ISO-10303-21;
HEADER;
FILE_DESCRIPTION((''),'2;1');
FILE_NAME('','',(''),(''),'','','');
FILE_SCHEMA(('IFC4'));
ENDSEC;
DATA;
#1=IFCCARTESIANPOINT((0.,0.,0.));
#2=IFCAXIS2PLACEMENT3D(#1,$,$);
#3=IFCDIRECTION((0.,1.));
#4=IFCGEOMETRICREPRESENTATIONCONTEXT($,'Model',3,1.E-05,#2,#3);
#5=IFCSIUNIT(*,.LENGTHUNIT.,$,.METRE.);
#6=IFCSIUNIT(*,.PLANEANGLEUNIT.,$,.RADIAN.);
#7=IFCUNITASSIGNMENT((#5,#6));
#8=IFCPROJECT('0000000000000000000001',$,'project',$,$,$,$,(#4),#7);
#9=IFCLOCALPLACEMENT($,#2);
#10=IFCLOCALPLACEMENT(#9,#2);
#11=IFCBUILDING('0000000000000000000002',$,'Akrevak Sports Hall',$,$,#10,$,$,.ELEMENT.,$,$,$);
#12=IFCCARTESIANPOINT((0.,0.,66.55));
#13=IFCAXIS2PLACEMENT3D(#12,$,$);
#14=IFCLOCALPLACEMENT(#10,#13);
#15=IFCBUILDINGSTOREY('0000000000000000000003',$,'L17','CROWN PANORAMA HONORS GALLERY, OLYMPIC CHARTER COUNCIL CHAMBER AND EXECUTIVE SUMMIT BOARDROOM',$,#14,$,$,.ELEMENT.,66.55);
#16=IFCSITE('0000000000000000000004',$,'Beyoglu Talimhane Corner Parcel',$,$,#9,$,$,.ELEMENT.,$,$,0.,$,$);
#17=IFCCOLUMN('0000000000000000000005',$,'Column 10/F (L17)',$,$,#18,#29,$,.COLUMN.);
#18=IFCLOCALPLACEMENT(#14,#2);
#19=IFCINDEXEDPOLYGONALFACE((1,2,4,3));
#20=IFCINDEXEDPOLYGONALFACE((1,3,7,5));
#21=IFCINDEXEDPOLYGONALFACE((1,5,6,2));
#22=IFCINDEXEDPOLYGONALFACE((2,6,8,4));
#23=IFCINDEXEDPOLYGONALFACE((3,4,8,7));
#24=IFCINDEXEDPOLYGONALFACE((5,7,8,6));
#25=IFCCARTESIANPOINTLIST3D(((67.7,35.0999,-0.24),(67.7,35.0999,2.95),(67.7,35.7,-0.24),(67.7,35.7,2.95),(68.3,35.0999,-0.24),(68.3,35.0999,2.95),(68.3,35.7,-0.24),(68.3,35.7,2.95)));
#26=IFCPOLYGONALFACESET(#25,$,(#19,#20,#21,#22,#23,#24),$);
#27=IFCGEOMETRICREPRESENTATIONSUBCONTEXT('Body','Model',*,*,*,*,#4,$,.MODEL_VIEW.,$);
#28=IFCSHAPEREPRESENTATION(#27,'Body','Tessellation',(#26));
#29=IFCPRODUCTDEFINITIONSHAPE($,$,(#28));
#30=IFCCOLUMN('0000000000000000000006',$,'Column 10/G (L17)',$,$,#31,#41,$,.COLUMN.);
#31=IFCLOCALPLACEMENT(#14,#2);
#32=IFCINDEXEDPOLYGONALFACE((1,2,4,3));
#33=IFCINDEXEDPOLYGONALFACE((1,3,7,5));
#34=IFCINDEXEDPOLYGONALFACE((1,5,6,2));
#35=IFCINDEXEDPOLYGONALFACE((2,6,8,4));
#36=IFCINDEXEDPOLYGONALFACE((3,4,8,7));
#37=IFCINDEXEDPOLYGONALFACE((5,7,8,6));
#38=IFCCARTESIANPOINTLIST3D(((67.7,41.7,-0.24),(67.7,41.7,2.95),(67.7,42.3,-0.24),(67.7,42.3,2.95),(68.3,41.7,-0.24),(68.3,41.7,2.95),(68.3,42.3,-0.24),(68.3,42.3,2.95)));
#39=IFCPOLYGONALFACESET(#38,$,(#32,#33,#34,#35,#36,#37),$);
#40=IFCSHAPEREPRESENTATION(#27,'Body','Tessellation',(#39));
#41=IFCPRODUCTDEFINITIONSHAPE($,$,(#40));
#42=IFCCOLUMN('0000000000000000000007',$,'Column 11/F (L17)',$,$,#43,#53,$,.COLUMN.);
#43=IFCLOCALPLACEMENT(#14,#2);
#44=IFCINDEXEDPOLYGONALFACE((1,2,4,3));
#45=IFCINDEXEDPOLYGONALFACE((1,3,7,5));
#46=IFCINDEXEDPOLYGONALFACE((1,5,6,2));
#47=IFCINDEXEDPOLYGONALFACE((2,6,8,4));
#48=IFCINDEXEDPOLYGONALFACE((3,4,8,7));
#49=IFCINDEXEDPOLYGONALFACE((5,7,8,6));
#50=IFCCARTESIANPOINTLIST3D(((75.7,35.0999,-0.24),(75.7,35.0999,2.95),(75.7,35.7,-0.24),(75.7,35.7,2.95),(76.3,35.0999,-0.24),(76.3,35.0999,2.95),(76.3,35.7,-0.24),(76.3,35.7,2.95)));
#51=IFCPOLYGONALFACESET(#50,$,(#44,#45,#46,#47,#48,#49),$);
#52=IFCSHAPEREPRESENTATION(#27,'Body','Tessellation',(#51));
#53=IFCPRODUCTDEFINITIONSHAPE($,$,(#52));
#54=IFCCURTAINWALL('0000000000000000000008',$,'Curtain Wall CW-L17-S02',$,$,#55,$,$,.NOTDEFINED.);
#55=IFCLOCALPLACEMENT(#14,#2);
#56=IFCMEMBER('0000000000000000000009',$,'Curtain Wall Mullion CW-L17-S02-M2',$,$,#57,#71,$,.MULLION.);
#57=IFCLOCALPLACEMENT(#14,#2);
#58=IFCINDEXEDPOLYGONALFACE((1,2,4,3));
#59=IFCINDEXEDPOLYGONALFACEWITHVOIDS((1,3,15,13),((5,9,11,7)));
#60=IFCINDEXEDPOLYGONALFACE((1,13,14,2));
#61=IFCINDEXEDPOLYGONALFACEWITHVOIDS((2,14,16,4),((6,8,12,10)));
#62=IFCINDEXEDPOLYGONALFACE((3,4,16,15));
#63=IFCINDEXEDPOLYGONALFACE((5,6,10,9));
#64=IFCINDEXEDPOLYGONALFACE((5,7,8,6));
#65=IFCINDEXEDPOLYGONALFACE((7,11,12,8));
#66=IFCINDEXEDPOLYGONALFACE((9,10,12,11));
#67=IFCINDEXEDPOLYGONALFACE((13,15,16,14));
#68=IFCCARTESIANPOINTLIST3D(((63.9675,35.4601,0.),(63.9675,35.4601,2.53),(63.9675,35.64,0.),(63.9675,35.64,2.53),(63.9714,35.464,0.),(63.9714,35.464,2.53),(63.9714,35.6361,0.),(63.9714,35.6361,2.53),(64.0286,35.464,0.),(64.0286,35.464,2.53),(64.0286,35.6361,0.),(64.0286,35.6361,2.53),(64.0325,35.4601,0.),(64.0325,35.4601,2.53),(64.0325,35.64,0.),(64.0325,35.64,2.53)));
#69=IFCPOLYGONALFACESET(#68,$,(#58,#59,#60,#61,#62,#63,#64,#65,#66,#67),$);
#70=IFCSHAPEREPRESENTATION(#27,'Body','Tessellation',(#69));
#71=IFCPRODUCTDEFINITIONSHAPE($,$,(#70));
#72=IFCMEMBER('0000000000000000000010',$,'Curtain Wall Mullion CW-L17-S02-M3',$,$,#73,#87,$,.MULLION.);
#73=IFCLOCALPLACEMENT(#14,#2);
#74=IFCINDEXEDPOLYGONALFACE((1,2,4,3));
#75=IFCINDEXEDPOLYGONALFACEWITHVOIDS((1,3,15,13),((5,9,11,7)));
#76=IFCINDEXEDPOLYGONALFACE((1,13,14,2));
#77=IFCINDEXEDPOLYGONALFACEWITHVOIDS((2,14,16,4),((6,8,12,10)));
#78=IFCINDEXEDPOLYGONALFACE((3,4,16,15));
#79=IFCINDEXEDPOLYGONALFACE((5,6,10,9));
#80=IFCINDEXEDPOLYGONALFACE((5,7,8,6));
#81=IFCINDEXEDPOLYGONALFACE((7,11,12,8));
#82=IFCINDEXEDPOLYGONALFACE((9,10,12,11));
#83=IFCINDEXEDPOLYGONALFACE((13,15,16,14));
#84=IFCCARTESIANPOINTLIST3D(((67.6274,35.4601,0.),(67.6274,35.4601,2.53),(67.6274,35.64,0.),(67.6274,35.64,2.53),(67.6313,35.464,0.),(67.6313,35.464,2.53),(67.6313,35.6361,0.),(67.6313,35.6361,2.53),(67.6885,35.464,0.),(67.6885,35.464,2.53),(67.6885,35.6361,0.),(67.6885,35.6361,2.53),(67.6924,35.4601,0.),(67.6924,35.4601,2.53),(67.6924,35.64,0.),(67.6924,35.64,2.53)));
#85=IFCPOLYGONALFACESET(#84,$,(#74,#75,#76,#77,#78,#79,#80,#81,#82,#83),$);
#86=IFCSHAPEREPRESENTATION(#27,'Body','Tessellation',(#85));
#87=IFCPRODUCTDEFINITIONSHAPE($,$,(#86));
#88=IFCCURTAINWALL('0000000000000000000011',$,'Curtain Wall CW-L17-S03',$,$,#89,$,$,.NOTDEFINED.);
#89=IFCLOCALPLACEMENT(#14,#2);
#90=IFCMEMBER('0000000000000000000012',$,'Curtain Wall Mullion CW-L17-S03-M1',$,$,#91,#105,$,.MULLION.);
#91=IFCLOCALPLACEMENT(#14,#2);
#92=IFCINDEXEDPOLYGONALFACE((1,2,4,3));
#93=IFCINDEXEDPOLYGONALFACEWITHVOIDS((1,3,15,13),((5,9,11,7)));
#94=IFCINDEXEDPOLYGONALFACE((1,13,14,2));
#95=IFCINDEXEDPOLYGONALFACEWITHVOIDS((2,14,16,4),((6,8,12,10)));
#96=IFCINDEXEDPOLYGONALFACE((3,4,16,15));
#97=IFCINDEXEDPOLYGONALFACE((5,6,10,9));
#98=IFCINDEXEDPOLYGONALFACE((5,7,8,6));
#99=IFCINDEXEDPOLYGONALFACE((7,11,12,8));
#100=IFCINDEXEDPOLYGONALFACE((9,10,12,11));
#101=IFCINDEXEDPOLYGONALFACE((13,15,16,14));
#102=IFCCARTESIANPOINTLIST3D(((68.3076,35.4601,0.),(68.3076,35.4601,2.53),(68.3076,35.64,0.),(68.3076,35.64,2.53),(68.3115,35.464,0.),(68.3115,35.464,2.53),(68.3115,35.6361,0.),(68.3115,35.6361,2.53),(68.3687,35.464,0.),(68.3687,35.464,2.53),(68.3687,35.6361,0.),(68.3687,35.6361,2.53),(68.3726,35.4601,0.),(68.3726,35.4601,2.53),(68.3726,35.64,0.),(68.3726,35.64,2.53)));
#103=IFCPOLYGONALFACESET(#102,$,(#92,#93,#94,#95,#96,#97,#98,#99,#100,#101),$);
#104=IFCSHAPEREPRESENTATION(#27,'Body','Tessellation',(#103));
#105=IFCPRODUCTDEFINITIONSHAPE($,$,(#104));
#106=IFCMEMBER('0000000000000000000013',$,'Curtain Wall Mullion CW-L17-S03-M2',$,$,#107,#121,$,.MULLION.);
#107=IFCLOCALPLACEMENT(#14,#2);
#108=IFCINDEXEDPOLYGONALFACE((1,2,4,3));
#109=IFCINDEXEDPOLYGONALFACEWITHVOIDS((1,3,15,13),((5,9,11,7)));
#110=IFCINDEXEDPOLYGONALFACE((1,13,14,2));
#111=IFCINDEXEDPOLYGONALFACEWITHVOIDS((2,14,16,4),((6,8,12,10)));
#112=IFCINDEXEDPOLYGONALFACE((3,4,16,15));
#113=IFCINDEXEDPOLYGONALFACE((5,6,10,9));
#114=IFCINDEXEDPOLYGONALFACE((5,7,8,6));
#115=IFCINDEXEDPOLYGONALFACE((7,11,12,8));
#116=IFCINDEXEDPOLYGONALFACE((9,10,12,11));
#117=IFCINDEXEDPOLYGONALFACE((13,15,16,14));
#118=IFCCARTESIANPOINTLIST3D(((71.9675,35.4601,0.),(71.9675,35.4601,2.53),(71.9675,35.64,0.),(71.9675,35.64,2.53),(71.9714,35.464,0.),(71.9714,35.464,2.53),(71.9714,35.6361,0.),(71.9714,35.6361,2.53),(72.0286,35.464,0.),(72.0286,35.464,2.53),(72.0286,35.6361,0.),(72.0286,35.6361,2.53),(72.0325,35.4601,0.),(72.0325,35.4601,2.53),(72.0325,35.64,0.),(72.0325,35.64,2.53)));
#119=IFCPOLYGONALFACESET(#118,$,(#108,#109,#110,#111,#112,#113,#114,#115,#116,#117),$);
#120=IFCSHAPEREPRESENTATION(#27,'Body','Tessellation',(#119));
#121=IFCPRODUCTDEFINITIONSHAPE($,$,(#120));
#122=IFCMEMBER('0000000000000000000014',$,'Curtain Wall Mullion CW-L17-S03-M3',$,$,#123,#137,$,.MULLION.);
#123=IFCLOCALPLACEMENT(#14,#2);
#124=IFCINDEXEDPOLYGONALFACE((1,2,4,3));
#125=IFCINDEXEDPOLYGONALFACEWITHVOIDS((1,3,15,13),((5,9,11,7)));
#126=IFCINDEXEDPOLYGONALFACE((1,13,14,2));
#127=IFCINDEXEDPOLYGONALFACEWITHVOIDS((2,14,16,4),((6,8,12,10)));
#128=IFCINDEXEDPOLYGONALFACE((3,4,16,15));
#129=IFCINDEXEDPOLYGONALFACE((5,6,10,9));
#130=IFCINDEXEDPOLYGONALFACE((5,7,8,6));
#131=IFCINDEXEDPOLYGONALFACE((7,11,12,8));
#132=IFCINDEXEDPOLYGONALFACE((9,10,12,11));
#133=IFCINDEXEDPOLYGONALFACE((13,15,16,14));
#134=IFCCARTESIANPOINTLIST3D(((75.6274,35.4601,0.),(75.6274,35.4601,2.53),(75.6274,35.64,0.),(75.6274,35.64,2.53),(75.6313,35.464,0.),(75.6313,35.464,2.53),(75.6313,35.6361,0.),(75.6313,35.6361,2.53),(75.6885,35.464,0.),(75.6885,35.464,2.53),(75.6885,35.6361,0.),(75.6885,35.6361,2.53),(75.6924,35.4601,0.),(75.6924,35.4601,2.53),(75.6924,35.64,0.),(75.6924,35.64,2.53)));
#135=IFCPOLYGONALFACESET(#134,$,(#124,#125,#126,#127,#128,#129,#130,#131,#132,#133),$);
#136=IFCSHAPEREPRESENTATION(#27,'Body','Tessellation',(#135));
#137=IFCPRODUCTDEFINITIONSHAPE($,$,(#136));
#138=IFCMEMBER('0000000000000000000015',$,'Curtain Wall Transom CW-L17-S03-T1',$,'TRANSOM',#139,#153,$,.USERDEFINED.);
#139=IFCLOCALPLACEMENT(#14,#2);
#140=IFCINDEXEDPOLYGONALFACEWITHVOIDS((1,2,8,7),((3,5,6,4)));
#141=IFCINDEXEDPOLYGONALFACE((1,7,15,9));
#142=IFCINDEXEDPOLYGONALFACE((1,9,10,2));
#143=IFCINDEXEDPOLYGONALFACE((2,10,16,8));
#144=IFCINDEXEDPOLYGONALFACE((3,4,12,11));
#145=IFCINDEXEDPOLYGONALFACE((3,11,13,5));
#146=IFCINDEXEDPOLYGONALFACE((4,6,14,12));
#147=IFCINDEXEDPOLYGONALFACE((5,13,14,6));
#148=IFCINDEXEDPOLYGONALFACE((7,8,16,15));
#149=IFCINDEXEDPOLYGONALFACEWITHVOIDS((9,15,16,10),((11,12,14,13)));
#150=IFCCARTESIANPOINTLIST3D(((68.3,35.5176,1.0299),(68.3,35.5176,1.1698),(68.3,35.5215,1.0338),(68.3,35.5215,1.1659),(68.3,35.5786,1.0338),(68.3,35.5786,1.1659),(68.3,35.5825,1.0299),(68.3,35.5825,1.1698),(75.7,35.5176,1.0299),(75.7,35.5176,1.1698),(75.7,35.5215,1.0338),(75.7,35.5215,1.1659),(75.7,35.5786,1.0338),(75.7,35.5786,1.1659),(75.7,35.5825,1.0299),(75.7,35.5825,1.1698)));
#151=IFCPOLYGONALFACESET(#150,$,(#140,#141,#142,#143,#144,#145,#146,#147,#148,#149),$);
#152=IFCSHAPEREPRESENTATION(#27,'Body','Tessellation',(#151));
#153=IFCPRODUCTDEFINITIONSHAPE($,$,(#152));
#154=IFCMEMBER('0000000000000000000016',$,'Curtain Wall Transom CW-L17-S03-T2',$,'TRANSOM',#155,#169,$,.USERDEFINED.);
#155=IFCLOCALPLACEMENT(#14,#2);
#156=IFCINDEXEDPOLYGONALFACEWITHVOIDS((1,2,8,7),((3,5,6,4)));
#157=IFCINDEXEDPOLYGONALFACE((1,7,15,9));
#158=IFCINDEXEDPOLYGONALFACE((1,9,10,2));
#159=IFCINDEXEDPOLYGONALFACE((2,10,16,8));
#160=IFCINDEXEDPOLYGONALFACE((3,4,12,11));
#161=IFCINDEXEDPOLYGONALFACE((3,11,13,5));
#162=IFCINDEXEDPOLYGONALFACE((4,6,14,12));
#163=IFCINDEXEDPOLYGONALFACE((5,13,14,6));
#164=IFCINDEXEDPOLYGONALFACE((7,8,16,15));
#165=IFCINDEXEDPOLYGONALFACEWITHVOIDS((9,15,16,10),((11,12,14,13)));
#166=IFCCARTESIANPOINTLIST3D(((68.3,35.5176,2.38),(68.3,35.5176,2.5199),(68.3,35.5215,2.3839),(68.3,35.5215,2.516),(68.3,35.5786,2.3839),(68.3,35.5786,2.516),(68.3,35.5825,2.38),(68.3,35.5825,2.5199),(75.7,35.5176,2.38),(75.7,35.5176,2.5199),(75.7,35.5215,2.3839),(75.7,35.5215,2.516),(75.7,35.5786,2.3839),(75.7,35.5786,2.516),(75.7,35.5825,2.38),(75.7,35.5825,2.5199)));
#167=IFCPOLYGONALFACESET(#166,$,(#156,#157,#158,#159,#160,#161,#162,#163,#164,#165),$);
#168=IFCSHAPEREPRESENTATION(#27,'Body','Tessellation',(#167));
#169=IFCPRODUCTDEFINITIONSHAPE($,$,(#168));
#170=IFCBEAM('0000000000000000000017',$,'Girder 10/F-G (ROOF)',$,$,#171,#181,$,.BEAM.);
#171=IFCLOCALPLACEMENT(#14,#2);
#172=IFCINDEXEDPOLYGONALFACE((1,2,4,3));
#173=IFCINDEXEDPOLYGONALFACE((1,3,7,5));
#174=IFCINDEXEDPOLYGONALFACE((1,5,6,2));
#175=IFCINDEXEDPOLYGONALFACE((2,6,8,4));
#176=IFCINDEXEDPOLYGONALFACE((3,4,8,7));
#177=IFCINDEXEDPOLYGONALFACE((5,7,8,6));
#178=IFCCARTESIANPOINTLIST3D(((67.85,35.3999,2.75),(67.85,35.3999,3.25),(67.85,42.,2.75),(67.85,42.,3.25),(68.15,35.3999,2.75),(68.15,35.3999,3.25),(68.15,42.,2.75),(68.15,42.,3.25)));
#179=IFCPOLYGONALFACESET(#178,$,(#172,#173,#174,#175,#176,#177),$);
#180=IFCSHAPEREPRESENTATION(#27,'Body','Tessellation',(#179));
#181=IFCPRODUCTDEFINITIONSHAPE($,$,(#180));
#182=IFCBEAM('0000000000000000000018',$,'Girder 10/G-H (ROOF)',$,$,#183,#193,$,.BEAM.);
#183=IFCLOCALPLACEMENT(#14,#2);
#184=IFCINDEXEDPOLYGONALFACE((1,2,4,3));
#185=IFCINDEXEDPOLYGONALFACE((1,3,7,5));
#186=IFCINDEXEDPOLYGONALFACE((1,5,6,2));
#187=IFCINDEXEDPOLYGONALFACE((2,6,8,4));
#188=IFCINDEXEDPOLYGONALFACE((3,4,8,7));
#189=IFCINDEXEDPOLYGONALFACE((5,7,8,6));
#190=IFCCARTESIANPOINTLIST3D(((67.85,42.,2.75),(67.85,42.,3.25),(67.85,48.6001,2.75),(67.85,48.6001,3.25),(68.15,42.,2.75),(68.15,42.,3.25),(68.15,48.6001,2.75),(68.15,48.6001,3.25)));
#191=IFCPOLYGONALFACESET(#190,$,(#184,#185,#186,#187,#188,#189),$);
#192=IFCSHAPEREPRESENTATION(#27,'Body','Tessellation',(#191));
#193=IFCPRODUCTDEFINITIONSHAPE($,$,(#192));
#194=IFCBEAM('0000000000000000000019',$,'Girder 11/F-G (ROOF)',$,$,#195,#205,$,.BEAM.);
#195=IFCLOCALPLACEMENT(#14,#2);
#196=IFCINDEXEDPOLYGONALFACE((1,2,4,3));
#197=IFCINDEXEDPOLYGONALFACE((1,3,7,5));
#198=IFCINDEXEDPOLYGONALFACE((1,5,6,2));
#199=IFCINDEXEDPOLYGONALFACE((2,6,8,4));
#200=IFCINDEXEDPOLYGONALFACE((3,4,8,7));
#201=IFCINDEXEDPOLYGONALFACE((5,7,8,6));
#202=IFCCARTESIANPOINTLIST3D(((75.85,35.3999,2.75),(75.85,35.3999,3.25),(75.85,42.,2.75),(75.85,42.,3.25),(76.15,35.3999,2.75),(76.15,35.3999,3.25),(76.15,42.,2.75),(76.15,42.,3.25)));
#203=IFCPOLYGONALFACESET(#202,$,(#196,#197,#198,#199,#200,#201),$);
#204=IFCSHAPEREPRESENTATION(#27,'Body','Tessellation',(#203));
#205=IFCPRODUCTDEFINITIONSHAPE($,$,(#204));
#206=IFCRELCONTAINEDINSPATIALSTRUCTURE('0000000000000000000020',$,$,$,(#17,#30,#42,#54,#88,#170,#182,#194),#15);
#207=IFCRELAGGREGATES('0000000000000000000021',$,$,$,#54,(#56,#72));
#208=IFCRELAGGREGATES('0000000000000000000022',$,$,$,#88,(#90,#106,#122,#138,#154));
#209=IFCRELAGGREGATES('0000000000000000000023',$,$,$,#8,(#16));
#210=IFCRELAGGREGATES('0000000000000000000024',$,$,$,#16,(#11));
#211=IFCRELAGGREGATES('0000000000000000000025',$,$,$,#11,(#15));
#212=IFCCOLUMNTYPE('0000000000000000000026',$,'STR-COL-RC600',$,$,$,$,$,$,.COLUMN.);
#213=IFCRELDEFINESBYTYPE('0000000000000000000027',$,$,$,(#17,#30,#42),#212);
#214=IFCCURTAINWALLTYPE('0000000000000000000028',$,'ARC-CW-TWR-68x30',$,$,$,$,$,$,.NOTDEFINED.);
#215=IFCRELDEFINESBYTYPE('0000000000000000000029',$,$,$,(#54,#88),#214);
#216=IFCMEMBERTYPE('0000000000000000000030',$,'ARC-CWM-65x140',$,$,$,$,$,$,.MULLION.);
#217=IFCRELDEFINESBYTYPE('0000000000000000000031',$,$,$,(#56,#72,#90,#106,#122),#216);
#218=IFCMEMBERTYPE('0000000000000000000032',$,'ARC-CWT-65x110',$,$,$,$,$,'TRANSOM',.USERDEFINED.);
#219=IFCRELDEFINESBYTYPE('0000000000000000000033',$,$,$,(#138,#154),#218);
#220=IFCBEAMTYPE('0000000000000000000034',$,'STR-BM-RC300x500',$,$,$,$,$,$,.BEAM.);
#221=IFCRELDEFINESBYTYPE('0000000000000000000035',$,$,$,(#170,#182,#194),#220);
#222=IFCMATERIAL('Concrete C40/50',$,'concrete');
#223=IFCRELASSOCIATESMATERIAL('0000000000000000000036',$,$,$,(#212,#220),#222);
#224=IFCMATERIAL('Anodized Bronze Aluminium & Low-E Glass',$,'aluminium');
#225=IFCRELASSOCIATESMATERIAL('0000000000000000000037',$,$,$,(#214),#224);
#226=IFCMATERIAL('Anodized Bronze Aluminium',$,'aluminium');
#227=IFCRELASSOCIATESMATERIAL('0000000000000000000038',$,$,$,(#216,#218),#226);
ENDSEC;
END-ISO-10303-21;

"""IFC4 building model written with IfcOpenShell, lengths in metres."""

from ifc_helpers import new_model, si_unit, direction, frame, origin, origin_2d, place, context, subcontext, project, spatial, rectangle, hollow_rectangle, extrude, material, material_profile, profile_set, type_object, element, aggregate, save


model = new_model("IFC4")

# Units and contexts
model_context = context("Model", 3, precision=1e-05, world=origin(), true_north=direction((0.0, 1.0)))
body_context = subcontext(model_context, "Body", "Model", "MODEL_VIEW")
ifc_project = project(units=[si_unit("LENGTHUNIT", "METRE"), si_unit("PLANEANGLEUNIT", "RADIAN")], contexts=[model_context])

# Site, building, storey
site_placement = place(None, origin())
site = spatial("IfcSite", under=ifc_project, at=site_placement, Name="Beyoglu Talimhane Corner Parcel", CompositionType="ELEMENT", RefElevation=0.0)
building_placement = place(site_placement, origin())
building = spatial("IfcBuilding", under=site, at=building_placement, Name="Akrevak Sports Hall", CompositionType="ELEMENT")
storey_placement = place(building_placement, frame((0.0, 0.0, 66.55)))
storey = spatial("IfcBuildingStorey", under=building, at=storey_placement, Name="L17", Description="CROWN PANORAMA HONORS GALLERY, OLYMPIC CHARTER COUNCIL CHAMBER AND EXECUTIVE SUMMIT BOARDROOM", CompositionType="ELEMENT", Elevation=66.55)

# Columns
ifc_material_1 = material(Name="Concrete C40/50", Category="concrete")
ifc_material_profile_1 = material_profile(ifc_material_1, rectangle(XDim=0.6001, YDim=0.6001, at=origin_2d()), Name="RC 600x600", Category="concrete")
ifc_profile_set_1 = profile_set([ifc_material_profile_1], Name="Concrete C40/50")
column_type = type_object("IfcColumnType", Name="STR-COL-RC600", PredefinedType="COLUMN", material=ifc_profile_set_1)
for number, where, z_axis, x_axis, name in (
    (1, (68.0, 35.3999, -0.24), (0.0, 0.0, 1.0), (1.0, 0.0, 0.0), "Column 10/F (L17)"),
    (2, (68.0, 42.0, -0.24), (0.0, 0.0, 1.0), (1.0, 0.0, 0.0), "Column 10/G (L17)"),
    (3, (76.0, 35.3999, -0.24), (0.0, 0.0, 1.0), (1.0, 0.0, 0.0), "Column 11/F (L17)"),
):
    element("IfcColumn", number, at=place(storey_placement, frame(where, z_axis=z_axis, x_axis=x_axis)), inside=storey, type_object=column_type, Name=name, PredefinedType="COLUMN", context=body_context, shape_type="SweptSolid", body=[
        extrude(rectangle(XDim=0.6001, YDim=0.6001, at=origin_2d()), origin(), (0.0, 0.0, 1.0), 3.1899),
    ])

# Curtain walls, members
ifc_material_2 = material(Name="Anodized Bronze Aluminium & Low-E Glass", Category="aluminium")
curtain_wall_type = type_object("IfcCurtainWallType", Name="ARC-CW-TWR-68x30", PredefinedType="NOTDEFINED", material=ifc_material_2)
curtain_wall_1_placement = place(storey_placement, origin())
curtain_wall_1 = element("IfcCurtainWall", 4, at=curtain_wall_1_placement, inside=storey, type_object=curtain_wall_type, Name="Curtain Wall CW-L17-S02", PredefinedType="NOTDEFINED")
ifc_material_3 = material(Name="Anodized Bronze Aluminium", Category="aluminium")
ifc_material_profile_2 = material_profile(ifc_material_3, hollow_rectangle(XDim=0.0649, YDim=0.1799, WallThickness=0.0039, at=origin_2d()), Name="CWM 65x180", Category="aluminium")
ifc_profile_set_2 = profile_set([ifc_material_profile_2], Name="Anodized Bronze Aluminium")
member_type_1 = type_object("IfcMemberType", Name="ARC-CWM-65x140", PredefinedType="MULLION", material=ifc_profile_set_2)
member_1_placement = place(storey_placement, frame((64.0, 35.55, 0.0), z_axis=(0.0, 0.0, 1.0), x_axis=(1.0, 0.0, 0.0)))
member_1 = element("IfcMember", 5, at=member_1_placement, type_object=member_type_1, Name="Curtain Wall Mullion CW-L17-S02-M2", PredefinedType="MULLION", context=body_context, shape_type="SweptSolid", body=[
    extrude(hollow_rectangle(XDim=0.0649, YDim=0.1799, WallThickness=0.0039, at=origin_2d()), origin(), (0.0, 0.0, 1.0), 2.53),
])
member_2_placement = place(storey_placement, frame((67.6599, 35.55, 0.0), z_axis=(0.0, 0.0, 1.0), x_axis=(1.0, 0.0, 0.0)))
member_2 = element("IfcMember", 6, at=member_2_placement, type_object=member_type_1, Name="Curtain Wall Mullion CW-L17-S02-M3", PredefinedType="MULLION", context=body_context, shape_type="SweptSolid", body=[
    extrude(hollow_rectangle(XDim=0.0649, YDim=0.1799, WallThickness=0.0039, at=origin_2d()), origin(), (0.0, 0.0, 1.0), 2.53),
])
curtain_wall_2_placement = place(storey_placement, origin())
curtain_wall_2 = element("IfcCurtainWall", 7, at=curtain_wall_2_placement, inside=storey, type_object=curtain_wall_type, Name="Curtain Wall CW-L17-S03", PredefinedType="NOTDEFINED")
member_3_placement = place(storey_placement, frame((68.3401, 35.55, 0.0), z_axis=(0.0, 0.0, 1.0), x_axis=(1.0, 0.0, 0.0)))
member_3 = element("IfcMember", 8, at=member_3_placement, type_object=member_type_1, Name="Curtain Wall Mullion CW-L17-S03-M1", PredefinedType="MULLION", context=body_context, shape_type="SweptSolid", body=[
    extrude(hollow_rectangle(XDim=0.0649, YDim=0.1799, WallThickness=0.0039, at=origin_2d()), origin(), (0.0, 0.0, 1.0), 2.53),
])
member_4_placement = place(storey_placement, frame((72.0, 35.55, 0.0), z_axis=(0.0, 0.0, 1.0), x_axis=(1.0, 0.0, 0.0)))
member_4 = element("IfcMember", 9, at=member_4_placement, type_object=member_type_1, Name="Curtain Wall Mullion CW-L17-S03-M2", PredefinedType="MULLION", context=body_context, shape_type="SweptSolid", body=[
    extrude(hollow_rectangle(XDim=0.0649, YDim=0.1799, WallThickness=0.0039, at=origin_2d()), origin(), (0.0, 0.0, 1.0), 2.53),
])
member_5_placement = place(storey_placement, frame((75.6599, 35.55, 0.0), z_axis=(0.0, 0.0, 1.0), x_axis=(1.0, 0.0, 0.0)))
member_5 = element("IfcMember", 10, at=member_5_placement, type_object=member_type_1, Name="Curtain Wall Mullion CW-L17-S03-M3", PredefinedType="MULLION", context=body_context, shape_type="SweptSolid", body=[
    extrude(hollow_rectangle(XDim=0.0649, YDim=0.1799, WallThickness=0.0039, at=origin_2d()), origin(), (0.0, 0.0, 1.0), 2.53),
])
ifc_material_profile_3 = material_profile(ifc_material_3, hollow_rectangle(XDim=0.0649, YDim=0.1399, WallThickness=0.0039, at=origin_2d()), Name="CWT 65x140", Category="aluminium")
ifc_profile_set_3 = profile_set([ifc_material_profile_3], Name="Anodized Bronze Aluminium")
member_type_2 = type_object("IfcMemberType", Name="ARC-CWT-65x110", ElementType="TRANSOM", PredefinedType="USERDEFINED", material=ifc_profile_set_3)
member_6_placement = place(storey_placement, frame((68.3, 35.55, 1.0999), z_axis=(1.0, 0.0, 0.0), x_axis=(0.0, 1.0, 0.0)))
member_6 = element("IfcMember", 11, at=member_6_placement, type_object=member_type_2, Name="Curtain Wall Transom CW-L17-S03-T1", ObjectType="TRANSOM", PredefinedType="USERDEFINED", context=body_context, shape_type="SweptSolid", body=[
    extrude(hollow_rectangle(XDim=0.0649, YDim=0.1399, WallThickness=0.0039, at=origin_2d()), origin(), (0.0, 0.0, 1.0), 7.3999),
])
member_7_placement = place(storey_placement, frame((68.3, 35.55, 2.45), z_axis=(1.0, 0.0, 0.0), x_axis=(0.0, 1.0, 0.0)))
member_7 = element("IfcMember", 12, at=member_7_placement, type_object=member_type_2, Name="Curtain Wall Transom CW-L17-S03-T2", ObjectType="TRANSOM", PredefinedType="USERDEFINED", context=body_context, shape_type="SweptSolid", body=[
    extrude(hollow_rectangle(XDim=0.0649, YDim=0.1399, WallThickness=0.0039, at=origin_2d()), origin(), (0.0, 0.0, 1.0), 7.3999),
])

# Beams
ifc_material_profile_4 = material_profile(ifc_material_1, rectangle(XDim=0.3, YDim=0.5, at=origin_2d()), Name="BM 300x500", Category="concrete")
ifc_profile_set_4 = profile_set([ifc_material_profile_4], Name="Concrete C40/50")
beam_type_1 = type_object("IfcBeamType", Name="STR-BM-RC300x500", PredefinedType="BEAM", material=ifc_profile_set_4)
for number, where, z_axis, x_axis, name in (
    (13, (68.0, 35.3999, 3.0), (0.0, 1.0, 0.0), (-1.0, 0.0, 0.0), "Girder 10/F-G (ROOF)"),
    (14, (68.0, 42.0, 3.0), (0.0, 1.0, 0.0), (-1.0, 0.0, 0.0), "Girder 10/G-H (ROOF)"),
    (15, (76.0, 35.3999, 3.0), (0.0, 1.0, 0.0), (-1.0, 0.0, 0.0), "Girder 11/F-G (ROOF)"),
):
    element("IfcBeam", number, at=place(storey_placement, frame(where, z_axis=z_axis, x_axis=x_axis)), inside=storey, type_object=beam_type_1, Name=name, PredefinedType="BEAM", context=body_context, shape_type="SweptSolid", body=[
        extrude(rectangle(XDim=0.3, YDim=0.5, at=origin_2d()), origin(), (0.0, 0.0, 1.0), 6.6001),
    ])

aggregate(curtain_wall_1, [member_1, member_2])
aggregate(curtain_wall_2, [member_3, member_4, member_5, member_6, member_7])

save(model, "model.ifc")
